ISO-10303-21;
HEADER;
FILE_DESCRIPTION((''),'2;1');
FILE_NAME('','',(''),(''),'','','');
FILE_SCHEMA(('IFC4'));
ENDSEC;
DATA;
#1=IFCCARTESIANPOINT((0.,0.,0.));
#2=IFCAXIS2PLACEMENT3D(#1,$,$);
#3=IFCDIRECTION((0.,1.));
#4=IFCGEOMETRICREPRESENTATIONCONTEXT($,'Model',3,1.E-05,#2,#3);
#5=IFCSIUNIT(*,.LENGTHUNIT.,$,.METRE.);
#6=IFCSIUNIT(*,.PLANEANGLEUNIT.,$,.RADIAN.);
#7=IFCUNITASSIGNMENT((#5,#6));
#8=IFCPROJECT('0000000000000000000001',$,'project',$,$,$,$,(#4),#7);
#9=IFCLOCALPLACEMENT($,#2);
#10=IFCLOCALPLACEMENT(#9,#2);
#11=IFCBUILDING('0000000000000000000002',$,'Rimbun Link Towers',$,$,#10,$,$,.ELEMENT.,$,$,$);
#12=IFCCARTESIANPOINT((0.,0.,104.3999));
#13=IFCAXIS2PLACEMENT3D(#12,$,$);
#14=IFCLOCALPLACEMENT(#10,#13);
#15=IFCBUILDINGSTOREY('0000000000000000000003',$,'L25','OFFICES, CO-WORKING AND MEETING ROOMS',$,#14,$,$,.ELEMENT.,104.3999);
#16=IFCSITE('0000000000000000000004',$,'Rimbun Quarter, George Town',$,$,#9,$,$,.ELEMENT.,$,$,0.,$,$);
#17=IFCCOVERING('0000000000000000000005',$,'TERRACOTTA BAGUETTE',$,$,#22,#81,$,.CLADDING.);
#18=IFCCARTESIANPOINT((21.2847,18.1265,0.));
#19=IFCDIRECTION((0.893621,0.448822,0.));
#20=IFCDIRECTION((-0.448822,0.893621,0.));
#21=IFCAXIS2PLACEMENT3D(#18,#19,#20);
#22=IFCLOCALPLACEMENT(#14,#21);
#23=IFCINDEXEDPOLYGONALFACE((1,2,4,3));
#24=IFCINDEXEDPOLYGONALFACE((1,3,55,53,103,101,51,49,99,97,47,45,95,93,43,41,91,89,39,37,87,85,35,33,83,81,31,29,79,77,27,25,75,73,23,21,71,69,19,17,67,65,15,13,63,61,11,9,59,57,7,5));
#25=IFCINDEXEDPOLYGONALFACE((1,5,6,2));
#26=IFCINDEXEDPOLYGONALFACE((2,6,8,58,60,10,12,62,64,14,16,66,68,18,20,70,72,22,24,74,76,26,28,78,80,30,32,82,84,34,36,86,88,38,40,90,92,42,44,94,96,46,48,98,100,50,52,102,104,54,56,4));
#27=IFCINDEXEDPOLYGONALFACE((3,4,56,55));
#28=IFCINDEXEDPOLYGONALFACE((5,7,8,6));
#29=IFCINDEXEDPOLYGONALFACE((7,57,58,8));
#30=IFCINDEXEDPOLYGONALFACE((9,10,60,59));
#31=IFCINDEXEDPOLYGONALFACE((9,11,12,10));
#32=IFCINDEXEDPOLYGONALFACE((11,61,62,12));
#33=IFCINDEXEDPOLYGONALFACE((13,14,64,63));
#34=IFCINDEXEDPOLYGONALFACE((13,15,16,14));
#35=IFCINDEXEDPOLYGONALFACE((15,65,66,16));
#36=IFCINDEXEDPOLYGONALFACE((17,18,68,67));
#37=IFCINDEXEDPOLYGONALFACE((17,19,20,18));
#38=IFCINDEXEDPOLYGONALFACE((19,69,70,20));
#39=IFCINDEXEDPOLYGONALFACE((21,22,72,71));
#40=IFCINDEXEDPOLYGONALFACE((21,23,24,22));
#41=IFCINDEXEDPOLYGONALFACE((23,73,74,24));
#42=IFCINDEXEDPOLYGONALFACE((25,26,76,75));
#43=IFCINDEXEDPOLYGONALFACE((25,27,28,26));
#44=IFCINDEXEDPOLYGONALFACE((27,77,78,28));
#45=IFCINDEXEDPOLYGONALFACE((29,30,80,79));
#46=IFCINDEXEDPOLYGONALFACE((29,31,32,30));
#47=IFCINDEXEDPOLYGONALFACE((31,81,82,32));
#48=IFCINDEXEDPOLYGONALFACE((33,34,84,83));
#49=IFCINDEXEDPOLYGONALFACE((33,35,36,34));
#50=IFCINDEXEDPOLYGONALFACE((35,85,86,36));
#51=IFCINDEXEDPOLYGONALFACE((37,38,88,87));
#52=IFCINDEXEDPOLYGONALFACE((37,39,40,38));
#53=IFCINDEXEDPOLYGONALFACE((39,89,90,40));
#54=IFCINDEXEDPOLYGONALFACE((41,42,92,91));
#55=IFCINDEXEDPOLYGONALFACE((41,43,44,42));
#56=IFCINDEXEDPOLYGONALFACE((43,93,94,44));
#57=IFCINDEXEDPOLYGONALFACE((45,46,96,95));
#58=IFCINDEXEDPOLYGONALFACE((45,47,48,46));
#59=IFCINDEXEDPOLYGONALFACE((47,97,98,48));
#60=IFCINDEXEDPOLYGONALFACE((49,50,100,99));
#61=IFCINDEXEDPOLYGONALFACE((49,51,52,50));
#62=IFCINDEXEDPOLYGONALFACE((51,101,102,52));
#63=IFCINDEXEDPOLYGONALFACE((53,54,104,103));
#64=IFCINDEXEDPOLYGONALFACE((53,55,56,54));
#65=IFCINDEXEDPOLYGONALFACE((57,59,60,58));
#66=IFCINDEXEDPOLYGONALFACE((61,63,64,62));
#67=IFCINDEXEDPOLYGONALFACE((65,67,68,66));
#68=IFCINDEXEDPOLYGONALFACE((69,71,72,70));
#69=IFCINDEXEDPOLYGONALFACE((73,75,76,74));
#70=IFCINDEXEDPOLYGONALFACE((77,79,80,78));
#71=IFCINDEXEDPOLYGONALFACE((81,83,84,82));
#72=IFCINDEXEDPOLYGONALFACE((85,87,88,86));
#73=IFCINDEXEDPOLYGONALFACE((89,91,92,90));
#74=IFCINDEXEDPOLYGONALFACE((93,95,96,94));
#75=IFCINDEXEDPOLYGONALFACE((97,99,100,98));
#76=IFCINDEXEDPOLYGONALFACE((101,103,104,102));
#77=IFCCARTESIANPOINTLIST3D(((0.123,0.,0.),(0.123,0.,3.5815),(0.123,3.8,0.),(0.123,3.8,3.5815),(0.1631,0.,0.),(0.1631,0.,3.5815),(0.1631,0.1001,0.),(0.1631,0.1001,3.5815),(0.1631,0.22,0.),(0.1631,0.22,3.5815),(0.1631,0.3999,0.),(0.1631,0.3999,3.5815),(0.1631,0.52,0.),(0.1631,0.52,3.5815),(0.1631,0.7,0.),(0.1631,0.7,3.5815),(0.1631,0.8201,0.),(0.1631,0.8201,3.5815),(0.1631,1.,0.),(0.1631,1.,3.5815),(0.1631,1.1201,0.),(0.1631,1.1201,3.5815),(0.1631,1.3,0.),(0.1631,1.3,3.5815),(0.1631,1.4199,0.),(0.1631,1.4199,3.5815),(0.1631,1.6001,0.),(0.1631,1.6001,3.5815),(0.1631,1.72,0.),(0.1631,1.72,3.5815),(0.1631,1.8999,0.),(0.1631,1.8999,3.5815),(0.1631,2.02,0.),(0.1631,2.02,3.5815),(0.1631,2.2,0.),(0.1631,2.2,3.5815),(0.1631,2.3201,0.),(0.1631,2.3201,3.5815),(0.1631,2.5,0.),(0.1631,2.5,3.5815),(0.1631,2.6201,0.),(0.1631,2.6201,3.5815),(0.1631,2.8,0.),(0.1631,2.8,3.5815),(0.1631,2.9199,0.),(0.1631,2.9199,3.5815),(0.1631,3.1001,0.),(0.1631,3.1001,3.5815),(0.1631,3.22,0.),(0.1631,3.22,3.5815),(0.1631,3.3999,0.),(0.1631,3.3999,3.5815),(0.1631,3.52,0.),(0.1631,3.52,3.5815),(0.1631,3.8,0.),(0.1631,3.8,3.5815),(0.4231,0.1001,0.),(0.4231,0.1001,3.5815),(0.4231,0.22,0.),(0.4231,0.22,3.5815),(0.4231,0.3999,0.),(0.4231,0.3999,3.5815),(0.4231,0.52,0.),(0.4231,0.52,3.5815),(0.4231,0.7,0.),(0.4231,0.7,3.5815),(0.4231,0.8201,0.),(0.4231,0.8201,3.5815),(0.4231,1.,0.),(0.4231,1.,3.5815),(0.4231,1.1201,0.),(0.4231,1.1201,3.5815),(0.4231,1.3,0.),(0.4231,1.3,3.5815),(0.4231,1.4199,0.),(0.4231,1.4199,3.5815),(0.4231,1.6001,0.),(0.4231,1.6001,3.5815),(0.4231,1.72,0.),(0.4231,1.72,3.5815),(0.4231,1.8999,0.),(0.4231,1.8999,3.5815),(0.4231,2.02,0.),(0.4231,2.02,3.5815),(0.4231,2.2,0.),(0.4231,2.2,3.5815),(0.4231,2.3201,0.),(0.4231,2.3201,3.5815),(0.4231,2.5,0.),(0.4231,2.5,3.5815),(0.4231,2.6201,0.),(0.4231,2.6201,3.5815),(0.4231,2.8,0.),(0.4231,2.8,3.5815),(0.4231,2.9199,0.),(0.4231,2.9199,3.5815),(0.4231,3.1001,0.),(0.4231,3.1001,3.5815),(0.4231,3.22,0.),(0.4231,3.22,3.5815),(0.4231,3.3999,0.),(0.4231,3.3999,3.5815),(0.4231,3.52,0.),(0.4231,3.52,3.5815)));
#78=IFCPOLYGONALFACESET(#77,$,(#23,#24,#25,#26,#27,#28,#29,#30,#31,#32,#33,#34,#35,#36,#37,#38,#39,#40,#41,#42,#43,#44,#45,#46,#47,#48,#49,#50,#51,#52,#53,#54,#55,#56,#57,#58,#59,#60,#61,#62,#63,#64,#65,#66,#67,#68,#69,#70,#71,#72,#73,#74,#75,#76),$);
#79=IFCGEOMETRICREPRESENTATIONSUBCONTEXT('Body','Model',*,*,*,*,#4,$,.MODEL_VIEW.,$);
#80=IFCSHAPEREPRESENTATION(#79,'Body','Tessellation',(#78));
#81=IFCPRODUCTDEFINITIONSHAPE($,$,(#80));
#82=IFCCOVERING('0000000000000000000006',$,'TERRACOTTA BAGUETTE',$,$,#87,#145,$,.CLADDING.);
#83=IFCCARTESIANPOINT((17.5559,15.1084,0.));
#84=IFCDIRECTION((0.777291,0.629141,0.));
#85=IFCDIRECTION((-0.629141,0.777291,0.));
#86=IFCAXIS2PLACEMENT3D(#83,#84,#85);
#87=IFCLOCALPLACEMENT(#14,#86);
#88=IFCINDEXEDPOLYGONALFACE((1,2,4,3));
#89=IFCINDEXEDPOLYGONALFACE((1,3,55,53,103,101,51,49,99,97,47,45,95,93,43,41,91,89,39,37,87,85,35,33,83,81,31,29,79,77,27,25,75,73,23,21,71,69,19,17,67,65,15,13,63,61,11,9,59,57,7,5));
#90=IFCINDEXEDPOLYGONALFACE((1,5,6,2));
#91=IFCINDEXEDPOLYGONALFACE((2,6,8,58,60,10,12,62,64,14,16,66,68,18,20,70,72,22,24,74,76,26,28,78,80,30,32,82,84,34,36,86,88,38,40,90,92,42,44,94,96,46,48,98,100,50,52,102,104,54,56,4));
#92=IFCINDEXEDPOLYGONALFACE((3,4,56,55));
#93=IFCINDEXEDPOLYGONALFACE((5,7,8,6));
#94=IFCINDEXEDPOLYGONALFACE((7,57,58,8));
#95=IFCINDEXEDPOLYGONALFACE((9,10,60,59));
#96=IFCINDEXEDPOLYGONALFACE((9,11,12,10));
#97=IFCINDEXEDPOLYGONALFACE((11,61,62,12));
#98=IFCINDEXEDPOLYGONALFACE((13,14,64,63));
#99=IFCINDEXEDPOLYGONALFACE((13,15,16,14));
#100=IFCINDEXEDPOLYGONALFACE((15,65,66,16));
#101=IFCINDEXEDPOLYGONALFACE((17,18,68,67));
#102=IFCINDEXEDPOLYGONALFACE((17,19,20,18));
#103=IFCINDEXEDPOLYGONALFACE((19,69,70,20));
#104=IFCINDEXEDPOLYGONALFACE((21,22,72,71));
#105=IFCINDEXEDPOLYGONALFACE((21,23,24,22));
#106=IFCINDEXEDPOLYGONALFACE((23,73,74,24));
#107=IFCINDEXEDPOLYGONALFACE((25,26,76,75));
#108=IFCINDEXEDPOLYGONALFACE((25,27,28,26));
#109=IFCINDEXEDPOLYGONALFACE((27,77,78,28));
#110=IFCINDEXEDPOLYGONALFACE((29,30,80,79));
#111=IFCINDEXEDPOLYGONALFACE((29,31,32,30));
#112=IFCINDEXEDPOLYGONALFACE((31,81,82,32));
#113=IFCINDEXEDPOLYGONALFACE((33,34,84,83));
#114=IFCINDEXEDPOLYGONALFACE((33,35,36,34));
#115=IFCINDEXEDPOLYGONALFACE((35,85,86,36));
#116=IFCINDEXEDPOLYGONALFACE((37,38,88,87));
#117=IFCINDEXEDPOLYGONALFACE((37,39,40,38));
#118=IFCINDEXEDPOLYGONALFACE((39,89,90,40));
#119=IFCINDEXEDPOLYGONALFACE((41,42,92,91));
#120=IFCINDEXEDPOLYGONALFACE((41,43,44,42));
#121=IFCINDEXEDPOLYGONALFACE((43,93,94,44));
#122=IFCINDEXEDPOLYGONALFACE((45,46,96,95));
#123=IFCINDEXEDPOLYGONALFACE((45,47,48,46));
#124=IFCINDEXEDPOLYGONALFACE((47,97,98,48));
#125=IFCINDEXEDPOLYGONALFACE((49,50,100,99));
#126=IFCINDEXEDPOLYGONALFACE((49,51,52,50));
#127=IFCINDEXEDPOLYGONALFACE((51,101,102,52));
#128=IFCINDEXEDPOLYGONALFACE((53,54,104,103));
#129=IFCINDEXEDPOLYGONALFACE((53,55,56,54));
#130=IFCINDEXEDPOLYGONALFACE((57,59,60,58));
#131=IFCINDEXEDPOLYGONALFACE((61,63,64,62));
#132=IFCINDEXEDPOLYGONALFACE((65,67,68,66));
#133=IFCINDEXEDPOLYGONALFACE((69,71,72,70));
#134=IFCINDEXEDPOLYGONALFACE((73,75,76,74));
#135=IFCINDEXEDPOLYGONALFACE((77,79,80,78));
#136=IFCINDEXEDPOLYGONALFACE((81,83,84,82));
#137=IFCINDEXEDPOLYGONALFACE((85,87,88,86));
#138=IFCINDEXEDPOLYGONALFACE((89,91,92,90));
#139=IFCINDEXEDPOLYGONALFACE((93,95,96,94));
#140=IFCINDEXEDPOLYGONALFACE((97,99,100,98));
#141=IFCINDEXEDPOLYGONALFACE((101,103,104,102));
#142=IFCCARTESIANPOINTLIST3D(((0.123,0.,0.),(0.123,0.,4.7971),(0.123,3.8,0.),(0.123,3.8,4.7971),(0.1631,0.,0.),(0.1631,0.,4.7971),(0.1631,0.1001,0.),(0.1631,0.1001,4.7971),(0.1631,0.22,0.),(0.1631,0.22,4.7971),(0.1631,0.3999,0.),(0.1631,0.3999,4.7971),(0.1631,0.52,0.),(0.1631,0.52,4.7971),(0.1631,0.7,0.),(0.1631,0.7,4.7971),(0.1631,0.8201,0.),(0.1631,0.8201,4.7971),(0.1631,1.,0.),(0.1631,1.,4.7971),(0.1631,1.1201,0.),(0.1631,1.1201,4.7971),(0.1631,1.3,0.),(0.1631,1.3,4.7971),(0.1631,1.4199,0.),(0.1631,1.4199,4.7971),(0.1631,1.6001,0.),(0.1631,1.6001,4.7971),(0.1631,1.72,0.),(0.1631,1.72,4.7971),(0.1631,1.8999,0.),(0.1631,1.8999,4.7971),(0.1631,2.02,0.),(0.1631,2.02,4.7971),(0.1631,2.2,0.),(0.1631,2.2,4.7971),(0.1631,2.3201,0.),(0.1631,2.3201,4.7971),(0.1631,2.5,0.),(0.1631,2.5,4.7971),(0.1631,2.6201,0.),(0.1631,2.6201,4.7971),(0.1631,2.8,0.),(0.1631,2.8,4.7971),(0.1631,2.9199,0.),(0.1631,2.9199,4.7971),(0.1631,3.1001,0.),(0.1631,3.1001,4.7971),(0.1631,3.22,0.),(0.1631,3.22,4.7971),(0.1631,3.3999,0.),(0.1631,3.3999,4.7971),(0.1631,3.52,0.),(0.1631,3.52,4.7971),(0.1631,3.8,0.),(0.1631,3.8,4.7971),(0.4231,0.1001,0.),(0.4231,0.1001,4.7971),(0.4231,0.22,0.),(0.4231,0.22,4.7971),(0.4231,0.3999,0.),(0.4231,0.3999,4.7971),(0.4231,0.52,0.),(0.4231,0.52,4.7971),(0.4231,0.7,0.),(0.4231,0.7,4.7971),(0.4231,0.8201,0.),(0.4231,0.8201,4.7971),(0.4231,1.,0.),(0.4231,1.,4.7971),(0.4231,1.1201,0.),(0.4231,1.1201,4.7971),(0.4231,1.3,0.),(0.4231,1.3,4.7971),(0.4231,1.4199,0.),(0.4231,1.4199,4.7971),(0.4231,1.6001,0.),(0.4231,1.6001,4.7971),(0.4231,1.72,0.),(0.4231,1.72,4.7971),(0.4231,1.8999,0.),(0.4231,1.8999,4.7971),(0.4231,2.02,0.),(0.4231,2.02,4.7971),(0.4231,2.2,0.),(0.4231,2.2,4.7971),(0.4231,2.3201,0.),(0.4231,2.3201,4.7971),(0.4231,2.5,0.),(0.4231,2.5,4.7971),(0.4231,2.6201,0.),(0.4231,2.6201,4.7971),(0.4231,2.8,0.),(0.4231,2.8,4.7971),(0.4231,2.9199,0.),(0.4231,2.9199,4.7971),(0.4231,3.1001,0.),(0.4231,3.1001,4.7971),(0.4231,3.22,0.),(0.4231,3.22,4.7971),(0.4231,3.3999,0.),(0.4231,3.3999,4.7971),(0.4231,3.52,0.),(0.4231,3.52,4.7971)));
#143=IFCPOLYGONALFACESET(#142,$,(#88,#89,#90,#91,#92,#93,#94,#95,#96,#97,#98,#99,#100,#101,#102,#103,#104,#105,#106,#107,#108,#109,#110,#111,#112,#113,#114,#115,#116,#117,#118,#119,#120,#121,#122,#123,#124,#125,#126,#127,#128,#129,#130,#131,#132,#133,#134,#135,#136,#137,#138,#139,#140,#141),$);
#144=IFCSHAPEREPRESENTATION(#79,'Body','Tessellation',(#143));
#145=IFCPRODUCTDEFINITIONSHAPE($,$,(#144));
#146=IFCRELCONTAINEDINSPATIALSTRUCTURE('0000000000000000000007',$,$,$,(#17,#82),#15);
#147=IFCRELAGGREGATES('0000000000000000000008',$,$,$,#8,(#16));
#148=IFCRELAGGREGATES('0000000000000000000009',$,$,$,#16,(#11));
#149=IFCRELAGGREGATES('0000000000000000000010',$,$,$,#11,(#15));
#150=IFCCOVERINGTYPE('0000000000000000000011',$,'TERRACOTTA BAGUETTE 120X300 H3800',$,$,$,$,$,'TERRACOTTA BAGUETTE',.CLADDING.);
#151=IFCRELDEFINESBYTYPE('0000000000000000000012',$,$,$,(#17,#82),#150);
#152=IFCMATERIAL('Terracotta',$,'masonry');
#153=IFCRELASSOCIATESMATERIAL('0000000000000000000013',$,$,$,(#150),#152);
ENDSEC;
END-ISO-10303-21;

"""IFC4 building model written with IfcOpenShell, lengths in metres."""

from ifc_helpers import new_model, si_unit, direction, frame, origin, place, context, subcontext, project, spatial, polyline, outline, extrude, material, material_profile, profile_set, type_object, element, save


model = new_model("IFC4")

# Units and contexts
model_context = context("Model", 3, precision=1e-05, world=origin(), true_north=direction((0.0, 1.0)))
body_context = subcontext(model_context, "Body", "Model", "MODEL_VIEW")
ifc_project = project(units=[si_unit("LENGTHUNIT", "METRE"), si_unit("PLANEANGLEUNIT", "RADIAN")], contexts=[model_context])

# Site, building, storey
site_placement = place(None, origin())
site = spatial("IfcSite", under=ifc_project, at=site_placement, Name="Rimbun Quarter, George Town", CompositionType="ELEMENT", RefElevation=0.0)
building_placement = place(site_placement, origin())
building = spatial("IfcBuilding", under=site, at=building_placement, Name="Rimbun Link Towers", CompositionType="ELEMENT")
storey_placement = place(building_placement, frame((0.0, 0.0, 104.3999)))
storey = spatial("IfcBuildingStorey", under=building, at=storey_placement, Name="L25", Description="OFFICES, CO-WORKING AND MEETING ROOMS", CompositionType="ELEMENT", Elevation=104.3999)

# Coverings
ifc_material_1 = material(Name="Terracotta", Category="masonry")
ifc_material_profile_1 = material_profile(ifc_material_1, outline(polyline([(0.123, 0.0), (0.1631, 0.0), (0.1631, 0.1001), (0.4231, 0.1001), (0.4231, 0.22), (0.1631, 0.22), (0.1631, 0.3999), (0.4231, 0.3999), (0.4231, 0.52), (0.1631, 0.52), (0.1631, 0.7), (0.4231, 0.7), (0.4231, 0.8201), (0.1631, 0.8201), (0.1631, 1.0), (0.4231, 1.0), (0.4231, 1.1201), (0.1631, 1.1201), (0.1631, 1.3), (0.4231, 1.3), (0.4231, 1.4199), (0.1631, 1.4199), (0.1631, 1.6001), (0.4231, 1.6001), (0.4231, 1.72), (0.1631, 1.72), (0.1631, 1.8999), (0.4231, 1.8999), (0.4231, 2.02), (0.1631, 2.02), (0.1631, 2.2), (0.4231, 2.2), (0.4231, 2.3201), (0.1631, 2.3201), (0.1631, 2.5), (0.4231, 2.5), (0.4231, 2.6201), (0.1631, 2.6201), (0.1631, 2.8), (0.4231, 2.8), (0.4231, 2.9199), (0.1631, 2.9199), (0.1631, 3.1001), (0.4231, 3.1001), (0.4231, 3.22), (0.1631, 3.22), (0.1631, 3.3999), (0.4231, 3.3999), (0.4231, 3.52), (0.1631, 3.52), (0.1631, 3.8), (0.123, 3.8), (0.123, 0.0)])), Name="BAGUETTE 120X300")
ifc_profile_set_1 = profile_set([ifc_material_profile_1], Name="Terracotta")
covering_type = type_object("IfcCoveringType", Name="TERRACOTTA BAGUETTE 120X300 H3800", ElementType="TERRACOTTA BAGUETTE", PredefinedType="CLADDING", material=ifc_profile_set_1)
covering_1_placement = place(storey_placement, frame((21.2847, 18.1265, 0.0), z_axis=(0.893621, 0.448822, 0.0), x_axis=(-0.448822, 0.893621, 0.0)))
element("IfcCovering", 1, at=covering_1_placement, inside=storey, type_object=covering_type, Name="TERRACOTTA BAGUETTE", PredefinedType="CLADDING", context=body_context, shape_type="SweptSolid", body=[
    extrude(outline(polyline([(0.123, 0.0), (0.1631, 0.0), (0.1631, 0.1001), (0.4231, 0.1001), (0.4231, 0.22), (0.1631, 0.22), (0.1631, 0.3999), (0.4231, 0.3999), (0.4231, 0.52), (0.1631, 0.52), (0.1631, 0.7), (0.4231, 0.7), (0.4231, 0.8201), (0.1631, 0.8201), (0.1631, 1.0), (0.4231, 1.0), (0.4231, 1.1201), (0.1631, 1.1201), (0.1631, 1.3), (0.4231, 1.3), (0.4231, 1.4199), (0.1631, 1.4199), (0.1631, 1.6001), (0.4231, 1.6001), (0.4231, 1.72), (0.1631, 1.72), (0.1631, 1.8999), (0.4231, 1.8999), (0.4231, 2.02), (0.1631, 2.02), (0.1631, 2.2), (0.4231, 2.2), (0.4231, 2.3201), (0.1631, 2.3201), (0.1631, 2.5), (0.4231, 2.5), (0.4231, 2.6201), (0.1631, 2.6201), (0.1631, 2.8), (0.4231, 2.8), (0.4231, 2.9199), (0.1631, 2.9199), (0.1631, 3.1001), (0.4231, 3.1001), (0.4231, 3.22), (0.1631, 3.22), (0.1631, 3.3999), (0.4231, 3.3999), (0.4231, 3.52), (0.1631, 3.52), (0.1631, 3.8), (0.123, 3.8), (0.123, 0.0)])), origin(), (0.0, 0.0, 1.0), 3.5815),
])
covering_2_placement = place(storey_placement, frame((17.5559, 15.1084, 0.0), z_axis=(0.777291, 0.629141, 0.0), x_axis=(-0.629141, 0.777291, 0.0)))
element("IfcCovering", 2, at=covering_2_placement, inside=storey, type_object=covering_type, Name="TERRACOTTA BAGUETTE", PredefinedType="CLADDING", context=body_context, shape_type="SweptSolid", body=[
    extrude(outline(polyline([(0.123, 0.0), (0.1631, 0.0), (0.1631, 0.1001), (0.4231, 0.1001), (0.4231, 0.22), (0.1631, 0.22), (0.1631, 0.3999), (0.4231, 0.3999), (0.4231, 0.52), (0.1631, 0.52), (0.1631, 0.7), (0.4231, 0.7), (0.4231, 0.8201), (0.1631, 0.8201), (0.1631, 1.0), (0.4231, 1.0), (0.4231, 1.1201), (0.1631, 1.1201), (0.1631, 1.3), (0.4231, 1.3), (0.4231, 1.4199), (0.1631, 1.4199), (0.1631, 1.6001), (0.4231, 1.6001), (0.4231, 1.72), (0.1631, 1.72), (0.1631, 1.8999), (0.4231, 1.8999), (0.4231, 2.02), (0.1631, 2.02), (0.1631, 2.2), (0.4231, 2.2), (0.4231, 2.3201), (0.1631, 2.3201), (0.1631, 2.5), (0.4231, 2.5), (0.4231, 2.6201), (0.1631, 2.6201), (0.1631, 2.8), (0.4231, 2.8), (0.4231, 2.9199), (0.1631, 2.9199), (0.1631, 3.1001), (0.4231, 3.1001), (0.4231, 3.22), (0.1631, 3.22), (0.1631, 3.3999), (0.4231, 3.3999), (0.4231, 3.52), (0.1631, 3.52), (0.1631, 3.8), (0.123, 3.8), (0.123, 0.0)])), origin(), (0.0, 0.0, 1.0), 4.7971),
])

save(model, "model.ifc")
